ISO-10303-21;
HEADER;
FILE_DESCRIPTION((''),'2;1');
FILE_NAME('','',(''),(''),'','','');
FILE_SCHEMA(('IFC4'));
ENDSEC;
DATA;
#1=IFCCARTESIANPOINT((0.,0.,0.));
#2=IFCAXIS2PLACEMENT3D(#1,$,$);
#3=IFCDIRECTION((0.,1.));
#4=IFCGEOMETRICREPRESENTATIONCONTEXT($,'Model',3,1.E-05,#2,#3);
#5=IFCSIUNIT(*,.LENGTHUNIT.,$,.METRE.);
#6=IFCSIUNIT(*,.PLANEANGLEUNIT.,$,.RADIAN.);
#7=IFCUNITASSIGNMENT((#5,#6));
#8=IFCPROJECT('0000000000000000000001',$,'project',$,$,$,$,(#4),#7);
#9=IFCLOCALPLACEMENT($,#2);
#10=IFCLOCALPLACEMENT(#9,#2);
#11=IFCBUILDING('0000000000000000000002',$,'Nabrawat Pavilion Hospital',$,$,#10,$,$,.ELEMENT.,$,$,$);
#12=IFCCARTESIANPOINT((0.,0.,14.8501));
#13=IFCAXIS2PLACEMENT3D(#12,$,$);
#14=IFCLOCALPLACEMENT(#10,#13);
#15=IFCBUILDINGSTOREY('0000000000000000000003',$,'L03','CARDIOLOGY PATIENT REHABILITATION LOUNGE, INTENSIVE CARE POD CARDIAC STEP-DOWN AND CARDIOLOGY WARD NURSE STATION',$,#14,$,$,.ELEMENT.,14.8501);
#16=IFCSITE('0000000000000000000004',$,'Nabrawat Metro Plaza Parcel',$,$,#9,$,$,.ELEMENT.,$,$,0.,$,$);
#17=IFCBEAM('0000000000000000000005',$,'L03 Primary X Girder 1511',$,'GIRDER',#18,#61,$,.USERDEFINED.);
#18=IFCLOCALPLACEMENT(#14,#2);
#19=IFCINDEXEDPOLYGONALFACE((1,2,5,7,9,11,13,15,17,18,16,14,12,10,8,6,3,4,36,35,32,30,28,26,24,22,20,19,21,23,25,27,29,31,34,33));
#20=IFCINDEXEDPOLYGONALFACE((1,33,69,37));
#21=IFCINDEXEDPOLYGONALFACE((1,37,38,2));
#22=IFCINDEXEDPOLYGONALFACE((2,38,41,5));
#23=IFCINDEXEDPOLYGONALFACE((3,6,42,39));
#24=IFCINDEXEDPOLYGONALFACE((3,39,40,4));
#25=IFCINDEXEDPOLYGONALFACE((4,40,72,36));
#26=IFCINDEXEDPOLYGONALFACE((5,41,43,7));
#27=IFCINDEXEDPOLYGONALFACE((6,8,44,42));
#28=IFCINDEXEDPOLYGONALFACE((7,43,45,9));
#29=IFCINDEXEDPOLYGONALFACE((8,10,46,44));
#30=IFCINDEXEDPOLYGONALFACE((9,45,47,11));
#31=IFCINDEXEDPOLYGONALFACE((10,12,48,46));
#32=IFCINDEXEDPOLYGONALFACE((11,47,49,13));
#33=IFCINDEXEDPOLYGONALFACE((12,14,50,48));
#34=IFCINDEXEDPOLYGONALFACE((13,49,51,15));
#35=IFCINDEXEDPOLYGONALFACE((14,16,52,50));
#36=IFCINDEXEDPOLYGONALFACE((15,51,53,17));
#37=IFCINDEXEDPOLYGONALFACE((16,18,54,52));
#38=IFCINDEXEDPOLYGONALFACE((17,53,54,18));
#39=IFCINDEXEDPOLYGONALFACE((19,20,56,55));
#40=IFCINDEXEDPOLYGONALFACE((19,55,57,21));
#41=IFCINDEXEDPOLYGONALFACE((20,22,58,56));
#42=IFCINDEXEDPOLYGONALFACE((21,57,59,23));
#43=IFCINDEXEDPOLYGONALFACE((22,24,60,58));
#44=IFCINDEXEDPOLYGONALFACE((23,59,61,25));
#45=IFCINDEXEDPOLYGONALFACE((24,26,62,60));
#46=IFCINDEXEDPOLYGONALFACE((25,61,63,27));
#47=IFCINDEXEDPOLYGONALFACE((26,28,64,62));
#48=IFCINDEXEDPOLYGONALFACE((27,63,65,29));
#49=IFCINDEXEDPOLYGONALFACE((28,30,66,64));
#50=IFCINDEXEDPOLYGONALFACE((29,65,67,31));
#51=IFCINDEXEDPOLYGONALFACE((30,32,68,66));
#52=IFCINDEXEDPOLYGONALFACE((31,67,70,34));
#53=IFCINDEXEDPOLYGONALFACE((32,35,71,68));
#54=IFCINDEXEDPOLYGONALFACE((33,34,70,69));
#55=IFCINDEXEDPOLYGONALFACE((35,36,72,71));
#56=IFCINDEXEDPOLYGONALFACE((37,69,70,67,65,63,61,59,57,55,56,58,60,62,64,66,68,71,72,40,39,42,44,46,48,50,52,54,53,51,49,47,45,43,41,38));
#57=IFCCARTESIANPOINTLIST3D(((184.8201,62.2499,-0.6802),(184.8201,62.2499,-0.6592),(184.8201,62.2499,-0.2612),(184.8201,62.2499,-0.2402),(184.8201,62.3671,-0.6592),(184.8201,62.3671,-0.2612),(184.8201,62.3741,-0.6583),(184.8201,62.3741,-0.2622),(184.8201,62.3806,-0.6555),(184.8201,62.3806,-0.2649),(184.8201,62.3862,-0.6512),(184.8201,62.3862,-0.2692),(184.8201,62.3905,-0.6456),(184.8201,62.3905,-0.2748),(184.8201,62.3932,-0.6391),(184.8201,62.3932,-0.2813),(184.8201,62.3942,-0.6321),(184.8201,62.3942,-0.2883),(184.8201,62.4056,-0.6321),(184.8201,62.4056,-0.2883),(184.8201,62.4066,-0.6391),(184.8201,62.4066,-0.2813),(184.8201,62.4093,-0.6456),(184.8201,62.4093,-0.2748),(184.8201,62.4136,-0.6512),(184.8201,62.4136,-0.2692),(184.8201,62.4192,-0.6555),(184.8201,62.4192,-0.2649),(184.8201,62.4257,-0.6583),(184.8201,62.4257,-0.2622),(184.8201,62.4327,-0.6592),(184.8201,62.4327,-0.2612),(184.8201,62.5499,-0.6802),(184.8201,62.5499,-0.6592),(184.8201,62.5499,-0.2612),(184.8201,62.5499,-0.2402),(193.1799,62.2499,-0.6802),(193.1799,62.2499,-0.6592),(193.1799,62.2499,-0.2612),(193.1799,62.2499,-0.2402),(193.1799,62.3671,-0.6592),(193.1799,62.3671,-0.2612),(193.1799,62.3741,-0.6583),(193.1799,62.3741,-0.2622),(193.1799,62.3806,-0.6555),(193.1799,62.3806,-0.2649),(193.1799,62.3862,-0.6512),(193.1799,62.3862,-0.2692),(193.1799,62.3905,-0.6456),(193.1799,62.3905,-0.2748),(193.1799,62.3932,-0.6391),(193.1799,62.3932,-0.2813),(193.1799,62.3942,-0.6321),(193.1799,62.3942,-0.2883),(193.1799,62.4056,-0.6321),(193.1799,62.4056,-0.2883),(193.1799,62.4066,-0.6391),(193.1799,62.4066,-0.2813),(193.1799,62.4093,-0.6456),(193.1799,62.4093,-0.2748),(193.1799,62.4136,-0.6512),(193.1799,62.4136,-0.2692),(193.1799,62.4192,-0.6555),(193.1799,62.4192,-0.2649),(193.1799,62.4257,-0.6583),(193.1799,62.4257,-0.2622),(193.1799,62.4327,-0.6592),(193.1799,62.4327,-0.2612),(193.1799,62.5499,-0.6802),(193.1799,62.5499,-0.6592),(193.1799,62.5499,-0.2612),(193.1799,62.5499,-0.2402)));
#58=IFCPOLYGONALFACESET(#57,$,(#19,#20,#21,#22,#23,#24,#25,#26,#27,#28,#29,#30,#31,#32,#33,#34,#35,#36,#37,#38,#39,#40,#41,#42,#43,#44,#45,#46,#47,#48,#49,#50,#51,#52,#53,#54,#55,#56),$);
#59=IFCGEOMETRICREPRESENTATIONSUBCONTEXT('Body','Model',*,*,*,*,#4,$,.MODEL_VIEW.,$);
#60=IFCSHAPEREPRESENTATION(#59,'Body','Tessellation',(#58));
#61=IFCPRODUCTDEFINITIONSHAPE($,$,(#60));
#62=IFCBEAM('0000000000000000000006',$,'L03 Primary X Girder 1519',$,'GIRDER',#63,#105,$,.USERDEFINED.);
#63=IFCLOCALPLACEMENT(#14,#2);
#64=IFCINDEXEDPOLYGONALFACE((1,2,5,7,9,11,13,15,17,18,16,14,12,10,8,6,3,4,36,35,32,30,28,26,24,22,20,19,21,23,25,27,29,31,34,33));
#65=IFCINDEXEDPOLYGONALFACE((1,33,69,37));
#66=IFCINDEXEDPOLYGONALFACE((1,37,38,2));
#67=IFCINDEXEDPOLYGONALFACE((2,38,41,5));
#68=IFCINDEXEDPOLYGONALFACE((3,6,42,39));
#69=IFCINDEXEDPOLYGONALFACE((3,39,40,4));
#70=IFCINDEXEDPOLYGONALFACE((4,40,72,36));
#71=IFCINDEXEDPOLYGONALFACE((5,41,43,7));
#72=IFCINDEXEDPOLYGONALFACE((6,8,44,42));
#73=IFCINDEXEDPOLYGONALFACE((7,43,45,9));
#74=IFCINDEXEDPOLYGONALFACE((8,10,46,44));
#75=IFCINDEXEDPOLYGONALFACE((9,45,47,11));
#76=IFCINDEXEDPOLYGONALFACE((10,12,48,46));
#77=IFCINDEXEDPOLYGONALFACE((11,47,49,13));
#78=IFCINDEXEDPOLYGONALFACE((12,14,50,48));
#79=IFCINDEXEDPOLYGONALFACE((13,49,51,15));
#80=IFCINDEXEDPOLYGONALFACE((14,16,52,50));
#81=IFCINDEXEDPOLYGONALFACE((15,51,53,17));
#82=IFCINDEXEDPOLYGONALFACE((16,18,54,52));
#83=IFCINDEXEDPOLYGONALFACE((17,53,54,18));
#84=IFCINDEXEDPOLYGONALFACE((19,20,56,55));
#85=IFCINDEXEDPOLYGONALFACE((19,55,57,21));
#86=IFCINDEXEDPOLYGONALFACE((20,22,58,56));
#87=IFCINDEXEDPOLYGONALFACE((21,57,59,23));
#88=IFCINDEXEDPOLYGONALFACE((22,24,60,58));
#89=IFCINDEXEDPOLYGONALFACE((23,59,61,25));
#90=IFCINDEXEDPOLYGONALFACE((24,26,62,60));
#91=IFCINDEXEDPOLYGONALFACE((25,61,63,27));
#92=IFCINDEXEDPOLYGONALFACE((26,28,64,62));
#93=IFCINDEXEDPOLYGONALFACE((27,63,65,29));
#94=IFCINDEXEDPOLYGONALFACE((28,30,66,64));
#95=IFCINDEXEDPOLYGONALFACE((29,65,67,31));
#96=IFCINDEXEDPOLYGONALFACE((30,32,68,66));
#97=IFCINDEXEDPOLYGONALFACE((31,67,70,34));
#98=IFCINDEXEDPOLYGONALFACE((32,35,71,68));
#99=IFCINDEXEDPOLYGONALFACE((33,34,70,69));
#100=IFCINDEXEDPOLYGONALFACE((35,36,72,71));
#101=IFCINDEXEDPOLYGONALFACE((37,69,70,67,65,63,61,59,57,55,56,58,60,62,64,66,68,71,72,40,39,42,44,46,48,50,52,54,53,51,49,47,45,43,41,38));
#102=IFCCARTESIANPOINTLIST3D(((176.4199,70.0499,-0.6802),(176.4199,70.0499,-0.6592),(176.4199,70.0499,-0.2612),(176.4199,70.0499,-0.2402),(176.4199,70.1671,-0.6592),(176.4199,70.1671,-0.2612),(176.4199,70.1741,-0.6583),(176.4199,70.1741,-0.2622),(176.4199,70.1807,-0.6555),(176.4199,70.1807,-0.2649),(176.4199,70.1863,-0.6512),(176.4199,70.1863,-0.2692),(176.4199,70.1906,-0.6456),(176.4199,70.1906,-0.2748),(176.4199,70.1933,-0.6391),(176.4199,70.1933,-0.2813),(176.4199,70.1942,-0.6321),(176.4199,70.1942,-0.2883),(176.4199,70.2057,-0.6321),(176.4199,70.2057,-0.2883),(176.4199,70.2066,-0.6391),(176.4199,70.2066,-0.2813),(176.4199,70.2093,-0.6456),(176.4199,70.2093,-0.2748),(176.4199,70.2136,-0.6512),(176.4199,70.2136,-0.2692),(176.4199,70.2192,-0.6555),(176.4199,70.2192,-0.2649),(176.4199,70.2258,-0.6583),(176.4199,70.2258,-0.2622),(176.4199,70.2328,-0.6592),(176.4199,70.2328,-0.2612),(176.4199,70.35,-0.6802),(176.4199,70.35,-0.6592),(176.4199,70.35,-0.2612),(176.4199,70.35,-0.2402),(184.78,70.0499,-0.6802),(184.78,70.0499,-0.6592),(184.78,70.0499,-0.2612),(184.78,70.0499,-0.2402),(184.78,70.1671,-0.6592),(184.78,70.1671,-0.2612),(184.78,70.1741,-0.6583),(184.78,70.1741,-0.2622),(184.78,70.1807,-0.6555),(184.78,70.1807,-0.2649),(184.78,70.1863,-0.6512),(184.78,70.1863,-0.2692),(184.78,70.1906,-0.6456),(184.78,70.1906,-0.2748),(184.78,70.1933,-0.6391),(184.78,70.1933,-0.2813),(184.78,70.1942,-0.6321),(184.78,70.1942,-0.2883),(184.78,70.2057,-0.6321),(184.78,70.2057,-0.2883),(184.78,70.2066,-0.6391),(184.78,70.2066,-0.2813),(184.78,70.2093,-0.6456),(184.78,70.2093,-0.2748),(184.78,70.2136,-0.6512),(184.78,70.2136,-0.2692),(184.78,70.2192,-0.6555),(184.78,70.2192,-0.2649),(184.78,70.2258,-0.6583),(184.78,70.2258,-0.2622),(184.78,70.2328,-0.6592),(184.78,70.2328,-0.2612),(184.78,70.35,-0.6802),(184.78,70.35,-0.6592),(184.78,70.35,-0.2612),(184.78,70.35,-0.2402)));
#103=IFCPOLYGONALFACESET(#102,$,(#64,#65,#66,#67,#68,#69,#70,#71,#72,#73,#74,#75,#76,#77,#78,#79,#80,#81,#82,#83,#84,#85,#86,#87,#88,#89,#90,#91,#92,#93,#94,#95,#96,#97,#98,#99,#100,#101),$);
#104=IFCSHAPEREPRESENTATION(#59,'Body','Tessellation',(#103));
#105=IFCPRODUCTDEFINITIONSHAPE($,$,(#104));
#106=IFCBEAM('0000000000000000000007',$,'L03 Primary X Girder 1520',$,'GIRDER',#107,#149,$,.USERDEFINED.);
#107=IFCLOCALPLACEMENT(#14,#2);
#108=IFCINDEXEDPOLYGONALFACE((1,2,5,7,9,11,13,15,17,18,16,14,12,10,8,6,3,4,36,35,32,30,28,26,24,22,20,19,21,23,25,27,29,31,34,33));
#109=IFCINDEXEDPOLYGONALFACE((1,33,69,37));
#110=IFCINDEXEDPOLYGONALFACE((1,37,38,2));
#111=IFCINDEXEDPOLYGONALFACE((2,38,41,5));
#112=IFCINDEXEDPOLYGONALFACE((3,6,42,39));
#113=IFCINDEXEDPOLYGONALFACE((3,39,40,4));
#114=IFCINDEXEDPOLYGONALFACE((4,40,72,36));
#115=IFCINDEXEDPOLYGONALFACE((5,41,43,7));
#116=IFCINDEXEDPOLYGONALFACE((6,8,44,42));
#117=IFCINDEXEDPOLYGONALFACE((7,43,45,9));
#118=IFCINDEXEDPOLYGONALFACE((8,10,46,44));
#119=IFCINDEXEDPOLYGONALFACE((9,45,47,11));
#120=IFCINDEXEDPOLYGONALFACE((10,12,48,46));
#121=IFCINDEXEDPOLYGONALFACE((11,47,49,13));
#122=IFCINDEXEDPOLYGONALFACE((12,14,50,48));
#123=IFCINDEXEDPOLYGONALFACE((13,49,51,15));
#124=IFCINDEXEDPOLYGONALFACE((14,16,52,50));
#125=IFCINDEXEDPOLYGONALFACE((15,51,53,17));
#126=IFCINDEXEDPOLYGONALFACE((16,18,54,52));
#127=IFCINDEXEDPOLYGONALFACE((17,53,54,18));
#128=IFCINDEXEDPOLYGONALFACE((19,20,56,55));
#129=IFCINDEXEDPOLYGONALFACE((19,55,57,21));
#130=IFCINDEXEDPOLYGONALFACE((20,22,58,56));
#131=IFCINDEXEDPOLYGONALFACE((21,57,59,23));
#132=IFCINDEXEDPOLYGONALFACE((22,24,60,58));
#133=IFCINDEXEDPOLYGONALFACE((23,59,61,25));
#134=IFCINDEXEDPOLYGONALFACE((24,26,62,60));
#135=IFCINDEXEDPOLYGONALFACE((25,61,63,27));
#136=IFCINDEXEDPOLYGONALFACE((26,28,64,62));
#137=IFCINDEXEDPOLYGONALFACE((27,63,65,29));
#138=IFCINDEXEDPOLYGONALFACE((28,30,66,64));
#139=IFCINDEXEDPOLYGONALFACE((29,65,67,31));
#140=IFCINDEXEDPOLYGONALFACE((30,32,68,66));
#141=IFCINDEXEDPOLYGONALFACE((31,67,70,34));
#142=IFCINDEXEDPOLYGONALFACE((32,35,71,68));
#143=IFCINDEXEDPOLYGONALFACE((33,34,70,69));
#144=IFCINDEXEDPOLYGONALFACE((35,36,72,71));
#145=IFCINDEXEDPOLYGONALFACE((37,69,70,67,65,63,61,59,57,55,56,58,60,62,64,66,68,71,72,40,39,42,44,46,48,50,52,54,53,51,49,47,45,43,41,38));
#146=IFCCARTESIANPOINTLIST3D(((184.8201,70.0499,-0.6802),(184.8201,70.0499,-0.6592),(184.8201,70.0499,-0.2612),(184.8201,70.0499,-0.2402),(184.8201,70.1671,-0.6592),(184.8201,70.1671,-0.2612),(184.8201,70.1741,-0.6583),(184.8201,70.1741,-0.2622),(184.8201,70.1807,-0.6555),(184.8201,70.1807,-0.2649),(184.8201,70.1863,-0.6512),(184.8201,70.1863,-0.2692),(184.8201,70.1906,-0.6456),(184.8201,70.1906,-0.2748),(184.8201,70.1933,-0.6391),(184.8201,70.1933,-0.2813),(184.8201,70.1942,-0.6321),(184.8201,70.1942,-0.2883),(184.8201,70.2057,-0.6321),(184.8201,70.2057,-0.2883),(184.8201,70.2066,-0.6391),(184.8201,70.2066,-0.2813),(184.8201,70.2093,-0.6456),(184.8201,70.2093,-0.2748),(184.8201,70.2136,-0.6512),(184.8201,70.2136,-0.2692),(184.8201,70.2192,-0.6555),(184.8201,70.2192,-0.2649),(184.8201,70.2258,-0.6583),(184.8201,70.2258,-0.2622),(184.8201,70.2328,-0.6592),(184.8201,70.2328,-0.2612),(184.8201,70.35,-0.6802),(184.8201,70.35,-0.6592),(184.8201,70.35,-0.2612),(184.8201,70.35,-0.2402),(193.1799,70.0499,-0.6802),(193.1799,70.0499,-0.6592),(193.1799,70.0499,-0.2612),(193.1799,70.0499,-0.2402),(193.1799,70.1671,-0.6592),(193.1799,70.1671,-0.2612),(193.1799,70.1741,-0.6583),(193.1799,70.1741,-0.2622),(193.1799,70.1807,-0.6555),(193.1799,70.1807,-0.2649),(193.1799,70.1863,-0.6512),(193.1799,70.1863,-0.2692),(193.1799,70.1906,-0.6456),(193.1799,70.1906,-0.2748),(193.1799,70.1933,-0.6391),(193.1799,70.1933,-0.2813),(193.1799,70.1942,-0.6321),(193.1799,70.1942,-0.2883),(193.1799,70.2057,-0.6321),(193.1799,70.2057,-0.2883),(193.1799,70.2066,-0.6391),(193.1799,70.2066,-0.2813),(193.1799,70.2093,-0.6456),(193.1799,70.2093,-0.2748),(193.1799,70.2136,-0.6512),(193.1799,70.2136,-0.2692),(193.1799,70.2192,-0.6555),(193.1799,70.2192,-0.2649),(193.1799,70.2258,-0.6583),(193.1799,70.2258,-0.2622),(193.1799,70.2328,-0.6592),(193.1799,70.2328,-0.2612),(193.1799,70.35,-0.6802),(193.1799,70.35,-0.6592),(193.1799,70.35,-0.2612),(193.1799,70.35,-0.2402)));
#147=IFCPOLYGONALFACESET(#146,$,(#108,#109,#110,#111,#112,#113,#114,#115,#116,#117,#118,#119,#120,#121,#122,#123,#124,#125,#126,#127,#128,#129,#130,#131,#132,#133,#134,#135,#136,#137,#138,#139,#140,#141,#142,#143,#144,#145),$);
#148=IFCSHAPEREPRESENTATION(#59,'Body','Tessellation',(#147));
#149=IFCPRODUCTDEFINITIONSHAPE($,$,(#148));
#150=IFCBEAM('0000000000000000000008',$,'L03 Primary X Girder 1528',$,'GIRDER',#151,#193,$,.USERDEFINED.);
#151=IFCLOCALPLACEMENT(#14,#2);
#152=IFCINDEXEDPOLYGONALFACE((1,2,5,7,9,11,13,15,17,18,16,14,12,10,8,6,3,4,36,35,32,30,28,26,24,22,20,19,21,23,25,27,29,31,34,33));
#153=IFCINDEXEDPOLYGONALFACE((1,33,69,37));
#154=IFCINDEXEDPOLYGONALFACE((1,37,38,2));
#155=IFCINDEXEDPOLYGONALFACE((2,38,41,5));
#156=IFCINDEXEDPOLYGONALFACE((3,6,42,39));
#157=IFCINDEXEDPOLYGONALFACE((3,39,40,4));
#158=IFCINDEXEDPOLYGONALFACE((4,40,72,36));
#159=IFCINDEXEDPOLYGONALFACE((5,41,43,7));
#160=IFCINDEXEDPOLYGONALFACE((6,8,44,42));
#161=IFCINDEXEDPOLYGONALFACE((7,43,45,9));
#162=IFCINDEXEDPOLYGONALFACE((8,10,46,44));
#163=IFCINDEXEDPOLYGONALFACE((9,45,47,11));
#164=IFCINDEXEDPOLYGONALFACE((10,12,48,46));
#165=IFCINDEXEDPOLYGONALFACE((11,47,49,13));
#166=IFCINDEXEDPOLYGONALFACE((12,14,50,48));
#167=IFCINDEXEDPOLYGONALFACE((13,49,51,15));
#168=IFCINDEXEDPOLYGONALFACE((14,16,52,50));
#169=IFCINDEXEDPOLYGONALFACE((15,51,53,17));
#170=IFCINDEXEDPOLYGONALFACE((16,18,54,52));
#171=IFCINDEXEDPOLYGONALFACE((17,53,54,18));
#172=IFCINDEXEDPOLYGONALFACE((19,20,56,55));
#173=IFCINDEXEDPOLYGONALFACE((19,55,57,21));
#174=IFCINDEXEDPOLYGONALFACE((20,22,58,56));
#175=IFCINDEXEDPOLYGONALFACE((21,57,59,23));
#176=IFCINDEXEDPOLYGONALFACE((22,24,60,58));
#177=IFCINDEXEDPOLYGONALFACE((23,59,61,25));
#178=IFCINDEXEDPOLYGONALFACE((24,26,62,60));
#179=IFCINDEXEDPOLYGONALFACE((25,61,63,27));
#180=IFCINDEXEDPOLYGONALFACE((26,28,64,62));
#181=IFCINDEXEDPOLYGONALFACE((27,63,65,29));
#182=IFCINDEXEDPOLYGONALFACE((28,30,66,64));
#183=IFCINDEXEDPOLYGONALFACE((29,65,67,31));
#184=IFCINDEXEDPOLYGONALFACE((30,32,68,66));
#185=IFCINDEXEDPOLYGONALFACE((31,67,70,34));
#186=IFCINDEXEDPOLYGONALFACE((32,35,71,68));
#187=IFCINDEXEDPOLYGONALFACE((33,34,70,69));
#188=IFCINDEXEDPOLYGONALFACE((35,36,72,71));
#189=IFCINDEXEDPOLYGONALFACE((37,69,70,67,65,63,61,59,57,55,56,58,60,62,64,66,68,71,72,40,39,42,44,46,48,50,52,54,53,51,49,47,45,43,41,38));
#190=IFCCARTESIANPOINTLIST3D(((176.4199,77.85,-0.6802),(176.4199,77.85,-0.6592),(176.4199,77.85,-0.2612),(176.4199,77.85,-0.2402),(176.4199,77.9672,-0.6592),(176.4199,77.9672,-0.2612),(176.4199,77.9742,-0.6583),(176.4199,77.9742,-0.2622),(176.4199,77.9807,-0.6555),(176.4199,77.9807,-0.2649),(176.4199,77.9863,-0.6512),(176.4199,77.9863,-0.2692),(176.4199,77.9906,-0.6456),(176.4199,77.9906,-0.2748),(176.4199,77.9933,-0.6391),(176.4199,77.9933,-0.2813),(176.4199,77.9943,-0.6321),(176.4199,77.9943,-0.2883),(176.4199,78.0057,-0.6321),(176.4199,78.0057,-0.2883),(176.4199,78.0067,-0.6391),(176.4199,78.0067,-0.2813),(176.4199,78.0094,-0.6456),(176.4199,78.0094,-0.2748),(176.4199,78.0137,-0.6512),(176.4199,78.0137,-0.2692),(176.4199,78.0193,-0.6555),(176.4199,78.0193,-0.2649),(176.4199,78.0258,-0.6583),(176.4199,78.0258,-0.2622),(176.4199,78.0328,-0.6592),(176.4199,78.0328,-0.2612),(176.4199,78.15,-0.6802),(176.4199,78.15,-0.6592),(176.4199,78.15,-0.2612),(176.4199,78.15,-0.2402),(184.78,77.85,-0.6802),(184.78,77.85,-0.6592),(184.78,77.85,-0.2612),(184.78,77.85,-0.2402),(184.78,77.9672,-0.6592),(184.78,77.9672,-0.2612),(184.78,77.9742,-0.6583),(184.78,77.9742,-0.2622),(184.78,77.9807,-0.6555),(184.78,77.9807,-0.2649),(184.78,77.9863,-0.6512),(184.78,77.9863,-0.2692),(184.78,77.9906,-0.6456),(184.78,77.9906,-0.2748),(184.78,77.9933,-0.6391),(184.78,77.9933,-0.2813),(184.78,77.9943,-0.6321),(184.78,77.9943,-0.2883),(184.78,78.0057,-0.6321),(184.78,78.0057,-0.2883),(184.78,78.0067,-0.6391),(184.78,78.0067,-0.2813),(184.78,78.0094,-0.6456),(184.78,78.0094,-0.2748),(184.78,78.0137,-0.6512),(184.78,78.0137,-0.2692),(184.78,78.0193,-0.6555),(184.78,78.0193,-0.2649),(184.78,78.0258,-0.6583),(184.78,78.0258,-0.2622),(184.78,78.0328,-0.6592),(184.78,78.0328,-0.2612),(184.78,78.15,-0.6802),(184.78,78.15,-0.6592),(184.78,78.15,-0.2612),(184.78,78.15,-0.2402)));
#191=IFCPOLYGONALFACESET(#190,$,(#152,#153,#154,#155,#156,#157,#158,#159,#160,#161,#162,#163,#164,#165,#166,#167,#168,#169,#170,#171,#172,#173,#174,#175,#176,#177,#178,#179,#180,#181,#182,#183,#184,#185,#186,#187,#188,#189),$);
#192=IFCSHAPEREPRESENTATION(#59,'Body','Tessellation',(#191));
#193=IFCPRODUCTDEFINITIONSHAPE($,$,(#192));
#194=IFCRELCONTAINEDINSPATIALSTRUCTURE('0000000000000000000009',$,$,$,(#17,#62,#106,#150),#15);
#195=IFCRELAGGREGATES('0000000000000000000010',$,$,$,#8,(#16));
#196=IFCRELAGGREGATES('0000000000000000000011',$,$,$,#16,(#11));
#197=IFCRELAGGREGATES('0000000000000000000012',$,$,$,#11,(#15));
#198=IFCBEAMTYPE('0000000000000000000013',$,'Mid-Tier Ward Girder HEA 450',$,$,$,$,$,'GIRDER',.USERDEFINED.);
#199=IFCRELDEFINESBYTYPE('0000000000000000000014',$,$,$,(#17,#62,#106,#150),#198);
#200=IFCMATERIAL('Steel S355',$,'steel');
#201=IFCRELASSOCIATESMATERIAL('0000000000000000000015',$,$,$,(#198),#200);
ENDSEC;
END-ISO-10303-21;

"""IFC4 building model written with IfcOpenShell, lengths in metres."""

from ifc_helpers import new_model, si_unit, direction, frame, origin, origin_2d, place, context, subcontext, project, spatial, i_section, extrude, material, material_profile, profile_set, type_object, element, save


model = new_model("IFC4")

# Units and contexts
model_context = context("Model", 3, precision=1e-05, world=origin(), true_north=direction((0.0, 1.0)))
body_context = subcontext(model_context, "Body", "Model", "MODEL_VIEW")
ifc_project = project(units=[si_unit("LENGTHUNIT", "METRE"), si_unit("PLANEANGLEUNIT", "RADIAN")], contexts=[model_context])

# Site, building, storey
site_placement = place(None, origin())
site = spatial("IfcSite", under=ifc_project, at=site_placement, Name="Nabrawat Metro Plaza Parcel", CompositionType="ELEMENT", RefElevation=0.0)
building_placement = place(site_placement, origin())
building = spatial("IfcBuilding", under=site, at=building_placement, Name="Nabrawat Pavilion Hospital", CompositionType="ELEMENT")
storey_placement = place(building_placement, frame((0.0, 0.0, 14.8501)))
storey = spatial("IfcBuildingStorey", under=building, at=storey_placement, Name="L03", Description="CARDIOLOGY PATIENT REHABILITATION LOUNGE, INTENSIVE CARE POD CARDIAC STEP-DOWN AND CARDIOLOGY WARD NURSE STATION", CompositionType="ELEMENT", Elevation=14.8501)

# Shared definitions
ifc_material_1 = material(Name="Steel S355", Category="steel")

# Beams
ifc_material_profile_1 = material_profile(ifc_material_1, i_section(OverallWidth=0.3, OverallDepth=0.4399, WebThickness=0.0115, FlangeThickness=0.021, FilletRadius=0.0271, at=origin_2d()), Name="HEA 450")
ifc_profile_set_1 = profile_set([ifc_material_profile_1], Name="Steel S355")
beam_type_1 = type_object("IfcBeamType", Name="Mid-Tier Ward Girder HEA 450", ElementType="GIRDER", PredefinedType="USERDEFINED", material=ifc_profile_set_1)
beam_1_placement = place(storey_placement, frame((184.8201, 62.3999, -0.4602), z_axis=(1.0, 0.0, 0.0), x_axis=(0.0, 1.0, 0.0)))
element("IfcBeam", 1, at=beam_1_placement, inside=storey, type_object=beam_type_1, Name="L03 Primary X Girder 1511", ObjectType="GIRDER", PredefinedType="USERDEFINED", context=body_context, shape_type="SweptSolid", body=[
    extrude(i_section(OverallWidth=0.3, OverallDepth=0.4399, WebThickness=0.0115, FlangeThickness=0.021, FilletRadius=0.0271, at=origin_2d()), origin(), (0.0, 0.0, 1.0), 8.3599),
])
beam_2_placement = place(storey_placement, frame((176.4199, 70.2, -0.4602), z_axis=(1.0, 0.0, 0.0), x_axis=(0.0, 1.0, 0.0)))
element("IfcBeam", 2, at=beam_2_placement, inside=storey, type_object=beam_type_1, Name="L03 Primary X Girder 1519", ObjectType="GIRDER", PredefinedType="USERDEFINED", context=body_context, shape_type="SweptSolid", body=[
    extrude(i_section(OverallWidth=0.3, OverallDepth=0.4399, WebThickness=0.0115, FlangeThickness=0.021, FilletRadius=0.0271, at=origin_2d()), origin(), (0.0, 0.0, 1.0), 8.3601),
])
beam_3_placement = place(storey_placement, frame((184.8201, 70.2, -0.4602), z_axis=(1.0, 0.0, 0.0), x_axis=(0.0, 1.0, 0.0)))
element("IfcBeam", 3, at=beam_3_placement, inside=storey, type_object=beam_type_1, Name="L03 Primary X Girder 1520", ObjectType="GIRDER", PredefinedType="USERDEFINED", context=body_context, shape_type="SweptSolid", body=[
    extrude(i_section(OverallWidth=0.3, OverallDepth=0.4399, WebThickness=0.0115, FlangeThickness=0.021, FilletRadius=0.0271, at=origin_2d()), origin(), (0.0, 0.0, 1.0), 8.3599),
])
beam_4_placement = place(storey_placement, frame((176.4199, 78.0, -0.4602), z_axis=(1.0, 0.0, 0.0), x_axis=(0.0, 1.0, 0.0)))
element("IfcBeam", 4, at=beam_4_placement, inside=storey, type_object=beam_type_1, Name="L03 Primary X Girder 1528", ObjectType="GIRDER", PredefinedType="USERDEFINED", context=body_context, shape_type="SweptSolid", body=[
    extrude(i_section(OverallWidth=0.3, OverallDepth=0.4399, WebThickness=0.0115, FlangeThickness=0.021, FilletRadius=0.0271, at=origin_2d()), origin(), (0.0, 0.0, 1.0), 8.3601),
])

save(model, "model.ifc")
